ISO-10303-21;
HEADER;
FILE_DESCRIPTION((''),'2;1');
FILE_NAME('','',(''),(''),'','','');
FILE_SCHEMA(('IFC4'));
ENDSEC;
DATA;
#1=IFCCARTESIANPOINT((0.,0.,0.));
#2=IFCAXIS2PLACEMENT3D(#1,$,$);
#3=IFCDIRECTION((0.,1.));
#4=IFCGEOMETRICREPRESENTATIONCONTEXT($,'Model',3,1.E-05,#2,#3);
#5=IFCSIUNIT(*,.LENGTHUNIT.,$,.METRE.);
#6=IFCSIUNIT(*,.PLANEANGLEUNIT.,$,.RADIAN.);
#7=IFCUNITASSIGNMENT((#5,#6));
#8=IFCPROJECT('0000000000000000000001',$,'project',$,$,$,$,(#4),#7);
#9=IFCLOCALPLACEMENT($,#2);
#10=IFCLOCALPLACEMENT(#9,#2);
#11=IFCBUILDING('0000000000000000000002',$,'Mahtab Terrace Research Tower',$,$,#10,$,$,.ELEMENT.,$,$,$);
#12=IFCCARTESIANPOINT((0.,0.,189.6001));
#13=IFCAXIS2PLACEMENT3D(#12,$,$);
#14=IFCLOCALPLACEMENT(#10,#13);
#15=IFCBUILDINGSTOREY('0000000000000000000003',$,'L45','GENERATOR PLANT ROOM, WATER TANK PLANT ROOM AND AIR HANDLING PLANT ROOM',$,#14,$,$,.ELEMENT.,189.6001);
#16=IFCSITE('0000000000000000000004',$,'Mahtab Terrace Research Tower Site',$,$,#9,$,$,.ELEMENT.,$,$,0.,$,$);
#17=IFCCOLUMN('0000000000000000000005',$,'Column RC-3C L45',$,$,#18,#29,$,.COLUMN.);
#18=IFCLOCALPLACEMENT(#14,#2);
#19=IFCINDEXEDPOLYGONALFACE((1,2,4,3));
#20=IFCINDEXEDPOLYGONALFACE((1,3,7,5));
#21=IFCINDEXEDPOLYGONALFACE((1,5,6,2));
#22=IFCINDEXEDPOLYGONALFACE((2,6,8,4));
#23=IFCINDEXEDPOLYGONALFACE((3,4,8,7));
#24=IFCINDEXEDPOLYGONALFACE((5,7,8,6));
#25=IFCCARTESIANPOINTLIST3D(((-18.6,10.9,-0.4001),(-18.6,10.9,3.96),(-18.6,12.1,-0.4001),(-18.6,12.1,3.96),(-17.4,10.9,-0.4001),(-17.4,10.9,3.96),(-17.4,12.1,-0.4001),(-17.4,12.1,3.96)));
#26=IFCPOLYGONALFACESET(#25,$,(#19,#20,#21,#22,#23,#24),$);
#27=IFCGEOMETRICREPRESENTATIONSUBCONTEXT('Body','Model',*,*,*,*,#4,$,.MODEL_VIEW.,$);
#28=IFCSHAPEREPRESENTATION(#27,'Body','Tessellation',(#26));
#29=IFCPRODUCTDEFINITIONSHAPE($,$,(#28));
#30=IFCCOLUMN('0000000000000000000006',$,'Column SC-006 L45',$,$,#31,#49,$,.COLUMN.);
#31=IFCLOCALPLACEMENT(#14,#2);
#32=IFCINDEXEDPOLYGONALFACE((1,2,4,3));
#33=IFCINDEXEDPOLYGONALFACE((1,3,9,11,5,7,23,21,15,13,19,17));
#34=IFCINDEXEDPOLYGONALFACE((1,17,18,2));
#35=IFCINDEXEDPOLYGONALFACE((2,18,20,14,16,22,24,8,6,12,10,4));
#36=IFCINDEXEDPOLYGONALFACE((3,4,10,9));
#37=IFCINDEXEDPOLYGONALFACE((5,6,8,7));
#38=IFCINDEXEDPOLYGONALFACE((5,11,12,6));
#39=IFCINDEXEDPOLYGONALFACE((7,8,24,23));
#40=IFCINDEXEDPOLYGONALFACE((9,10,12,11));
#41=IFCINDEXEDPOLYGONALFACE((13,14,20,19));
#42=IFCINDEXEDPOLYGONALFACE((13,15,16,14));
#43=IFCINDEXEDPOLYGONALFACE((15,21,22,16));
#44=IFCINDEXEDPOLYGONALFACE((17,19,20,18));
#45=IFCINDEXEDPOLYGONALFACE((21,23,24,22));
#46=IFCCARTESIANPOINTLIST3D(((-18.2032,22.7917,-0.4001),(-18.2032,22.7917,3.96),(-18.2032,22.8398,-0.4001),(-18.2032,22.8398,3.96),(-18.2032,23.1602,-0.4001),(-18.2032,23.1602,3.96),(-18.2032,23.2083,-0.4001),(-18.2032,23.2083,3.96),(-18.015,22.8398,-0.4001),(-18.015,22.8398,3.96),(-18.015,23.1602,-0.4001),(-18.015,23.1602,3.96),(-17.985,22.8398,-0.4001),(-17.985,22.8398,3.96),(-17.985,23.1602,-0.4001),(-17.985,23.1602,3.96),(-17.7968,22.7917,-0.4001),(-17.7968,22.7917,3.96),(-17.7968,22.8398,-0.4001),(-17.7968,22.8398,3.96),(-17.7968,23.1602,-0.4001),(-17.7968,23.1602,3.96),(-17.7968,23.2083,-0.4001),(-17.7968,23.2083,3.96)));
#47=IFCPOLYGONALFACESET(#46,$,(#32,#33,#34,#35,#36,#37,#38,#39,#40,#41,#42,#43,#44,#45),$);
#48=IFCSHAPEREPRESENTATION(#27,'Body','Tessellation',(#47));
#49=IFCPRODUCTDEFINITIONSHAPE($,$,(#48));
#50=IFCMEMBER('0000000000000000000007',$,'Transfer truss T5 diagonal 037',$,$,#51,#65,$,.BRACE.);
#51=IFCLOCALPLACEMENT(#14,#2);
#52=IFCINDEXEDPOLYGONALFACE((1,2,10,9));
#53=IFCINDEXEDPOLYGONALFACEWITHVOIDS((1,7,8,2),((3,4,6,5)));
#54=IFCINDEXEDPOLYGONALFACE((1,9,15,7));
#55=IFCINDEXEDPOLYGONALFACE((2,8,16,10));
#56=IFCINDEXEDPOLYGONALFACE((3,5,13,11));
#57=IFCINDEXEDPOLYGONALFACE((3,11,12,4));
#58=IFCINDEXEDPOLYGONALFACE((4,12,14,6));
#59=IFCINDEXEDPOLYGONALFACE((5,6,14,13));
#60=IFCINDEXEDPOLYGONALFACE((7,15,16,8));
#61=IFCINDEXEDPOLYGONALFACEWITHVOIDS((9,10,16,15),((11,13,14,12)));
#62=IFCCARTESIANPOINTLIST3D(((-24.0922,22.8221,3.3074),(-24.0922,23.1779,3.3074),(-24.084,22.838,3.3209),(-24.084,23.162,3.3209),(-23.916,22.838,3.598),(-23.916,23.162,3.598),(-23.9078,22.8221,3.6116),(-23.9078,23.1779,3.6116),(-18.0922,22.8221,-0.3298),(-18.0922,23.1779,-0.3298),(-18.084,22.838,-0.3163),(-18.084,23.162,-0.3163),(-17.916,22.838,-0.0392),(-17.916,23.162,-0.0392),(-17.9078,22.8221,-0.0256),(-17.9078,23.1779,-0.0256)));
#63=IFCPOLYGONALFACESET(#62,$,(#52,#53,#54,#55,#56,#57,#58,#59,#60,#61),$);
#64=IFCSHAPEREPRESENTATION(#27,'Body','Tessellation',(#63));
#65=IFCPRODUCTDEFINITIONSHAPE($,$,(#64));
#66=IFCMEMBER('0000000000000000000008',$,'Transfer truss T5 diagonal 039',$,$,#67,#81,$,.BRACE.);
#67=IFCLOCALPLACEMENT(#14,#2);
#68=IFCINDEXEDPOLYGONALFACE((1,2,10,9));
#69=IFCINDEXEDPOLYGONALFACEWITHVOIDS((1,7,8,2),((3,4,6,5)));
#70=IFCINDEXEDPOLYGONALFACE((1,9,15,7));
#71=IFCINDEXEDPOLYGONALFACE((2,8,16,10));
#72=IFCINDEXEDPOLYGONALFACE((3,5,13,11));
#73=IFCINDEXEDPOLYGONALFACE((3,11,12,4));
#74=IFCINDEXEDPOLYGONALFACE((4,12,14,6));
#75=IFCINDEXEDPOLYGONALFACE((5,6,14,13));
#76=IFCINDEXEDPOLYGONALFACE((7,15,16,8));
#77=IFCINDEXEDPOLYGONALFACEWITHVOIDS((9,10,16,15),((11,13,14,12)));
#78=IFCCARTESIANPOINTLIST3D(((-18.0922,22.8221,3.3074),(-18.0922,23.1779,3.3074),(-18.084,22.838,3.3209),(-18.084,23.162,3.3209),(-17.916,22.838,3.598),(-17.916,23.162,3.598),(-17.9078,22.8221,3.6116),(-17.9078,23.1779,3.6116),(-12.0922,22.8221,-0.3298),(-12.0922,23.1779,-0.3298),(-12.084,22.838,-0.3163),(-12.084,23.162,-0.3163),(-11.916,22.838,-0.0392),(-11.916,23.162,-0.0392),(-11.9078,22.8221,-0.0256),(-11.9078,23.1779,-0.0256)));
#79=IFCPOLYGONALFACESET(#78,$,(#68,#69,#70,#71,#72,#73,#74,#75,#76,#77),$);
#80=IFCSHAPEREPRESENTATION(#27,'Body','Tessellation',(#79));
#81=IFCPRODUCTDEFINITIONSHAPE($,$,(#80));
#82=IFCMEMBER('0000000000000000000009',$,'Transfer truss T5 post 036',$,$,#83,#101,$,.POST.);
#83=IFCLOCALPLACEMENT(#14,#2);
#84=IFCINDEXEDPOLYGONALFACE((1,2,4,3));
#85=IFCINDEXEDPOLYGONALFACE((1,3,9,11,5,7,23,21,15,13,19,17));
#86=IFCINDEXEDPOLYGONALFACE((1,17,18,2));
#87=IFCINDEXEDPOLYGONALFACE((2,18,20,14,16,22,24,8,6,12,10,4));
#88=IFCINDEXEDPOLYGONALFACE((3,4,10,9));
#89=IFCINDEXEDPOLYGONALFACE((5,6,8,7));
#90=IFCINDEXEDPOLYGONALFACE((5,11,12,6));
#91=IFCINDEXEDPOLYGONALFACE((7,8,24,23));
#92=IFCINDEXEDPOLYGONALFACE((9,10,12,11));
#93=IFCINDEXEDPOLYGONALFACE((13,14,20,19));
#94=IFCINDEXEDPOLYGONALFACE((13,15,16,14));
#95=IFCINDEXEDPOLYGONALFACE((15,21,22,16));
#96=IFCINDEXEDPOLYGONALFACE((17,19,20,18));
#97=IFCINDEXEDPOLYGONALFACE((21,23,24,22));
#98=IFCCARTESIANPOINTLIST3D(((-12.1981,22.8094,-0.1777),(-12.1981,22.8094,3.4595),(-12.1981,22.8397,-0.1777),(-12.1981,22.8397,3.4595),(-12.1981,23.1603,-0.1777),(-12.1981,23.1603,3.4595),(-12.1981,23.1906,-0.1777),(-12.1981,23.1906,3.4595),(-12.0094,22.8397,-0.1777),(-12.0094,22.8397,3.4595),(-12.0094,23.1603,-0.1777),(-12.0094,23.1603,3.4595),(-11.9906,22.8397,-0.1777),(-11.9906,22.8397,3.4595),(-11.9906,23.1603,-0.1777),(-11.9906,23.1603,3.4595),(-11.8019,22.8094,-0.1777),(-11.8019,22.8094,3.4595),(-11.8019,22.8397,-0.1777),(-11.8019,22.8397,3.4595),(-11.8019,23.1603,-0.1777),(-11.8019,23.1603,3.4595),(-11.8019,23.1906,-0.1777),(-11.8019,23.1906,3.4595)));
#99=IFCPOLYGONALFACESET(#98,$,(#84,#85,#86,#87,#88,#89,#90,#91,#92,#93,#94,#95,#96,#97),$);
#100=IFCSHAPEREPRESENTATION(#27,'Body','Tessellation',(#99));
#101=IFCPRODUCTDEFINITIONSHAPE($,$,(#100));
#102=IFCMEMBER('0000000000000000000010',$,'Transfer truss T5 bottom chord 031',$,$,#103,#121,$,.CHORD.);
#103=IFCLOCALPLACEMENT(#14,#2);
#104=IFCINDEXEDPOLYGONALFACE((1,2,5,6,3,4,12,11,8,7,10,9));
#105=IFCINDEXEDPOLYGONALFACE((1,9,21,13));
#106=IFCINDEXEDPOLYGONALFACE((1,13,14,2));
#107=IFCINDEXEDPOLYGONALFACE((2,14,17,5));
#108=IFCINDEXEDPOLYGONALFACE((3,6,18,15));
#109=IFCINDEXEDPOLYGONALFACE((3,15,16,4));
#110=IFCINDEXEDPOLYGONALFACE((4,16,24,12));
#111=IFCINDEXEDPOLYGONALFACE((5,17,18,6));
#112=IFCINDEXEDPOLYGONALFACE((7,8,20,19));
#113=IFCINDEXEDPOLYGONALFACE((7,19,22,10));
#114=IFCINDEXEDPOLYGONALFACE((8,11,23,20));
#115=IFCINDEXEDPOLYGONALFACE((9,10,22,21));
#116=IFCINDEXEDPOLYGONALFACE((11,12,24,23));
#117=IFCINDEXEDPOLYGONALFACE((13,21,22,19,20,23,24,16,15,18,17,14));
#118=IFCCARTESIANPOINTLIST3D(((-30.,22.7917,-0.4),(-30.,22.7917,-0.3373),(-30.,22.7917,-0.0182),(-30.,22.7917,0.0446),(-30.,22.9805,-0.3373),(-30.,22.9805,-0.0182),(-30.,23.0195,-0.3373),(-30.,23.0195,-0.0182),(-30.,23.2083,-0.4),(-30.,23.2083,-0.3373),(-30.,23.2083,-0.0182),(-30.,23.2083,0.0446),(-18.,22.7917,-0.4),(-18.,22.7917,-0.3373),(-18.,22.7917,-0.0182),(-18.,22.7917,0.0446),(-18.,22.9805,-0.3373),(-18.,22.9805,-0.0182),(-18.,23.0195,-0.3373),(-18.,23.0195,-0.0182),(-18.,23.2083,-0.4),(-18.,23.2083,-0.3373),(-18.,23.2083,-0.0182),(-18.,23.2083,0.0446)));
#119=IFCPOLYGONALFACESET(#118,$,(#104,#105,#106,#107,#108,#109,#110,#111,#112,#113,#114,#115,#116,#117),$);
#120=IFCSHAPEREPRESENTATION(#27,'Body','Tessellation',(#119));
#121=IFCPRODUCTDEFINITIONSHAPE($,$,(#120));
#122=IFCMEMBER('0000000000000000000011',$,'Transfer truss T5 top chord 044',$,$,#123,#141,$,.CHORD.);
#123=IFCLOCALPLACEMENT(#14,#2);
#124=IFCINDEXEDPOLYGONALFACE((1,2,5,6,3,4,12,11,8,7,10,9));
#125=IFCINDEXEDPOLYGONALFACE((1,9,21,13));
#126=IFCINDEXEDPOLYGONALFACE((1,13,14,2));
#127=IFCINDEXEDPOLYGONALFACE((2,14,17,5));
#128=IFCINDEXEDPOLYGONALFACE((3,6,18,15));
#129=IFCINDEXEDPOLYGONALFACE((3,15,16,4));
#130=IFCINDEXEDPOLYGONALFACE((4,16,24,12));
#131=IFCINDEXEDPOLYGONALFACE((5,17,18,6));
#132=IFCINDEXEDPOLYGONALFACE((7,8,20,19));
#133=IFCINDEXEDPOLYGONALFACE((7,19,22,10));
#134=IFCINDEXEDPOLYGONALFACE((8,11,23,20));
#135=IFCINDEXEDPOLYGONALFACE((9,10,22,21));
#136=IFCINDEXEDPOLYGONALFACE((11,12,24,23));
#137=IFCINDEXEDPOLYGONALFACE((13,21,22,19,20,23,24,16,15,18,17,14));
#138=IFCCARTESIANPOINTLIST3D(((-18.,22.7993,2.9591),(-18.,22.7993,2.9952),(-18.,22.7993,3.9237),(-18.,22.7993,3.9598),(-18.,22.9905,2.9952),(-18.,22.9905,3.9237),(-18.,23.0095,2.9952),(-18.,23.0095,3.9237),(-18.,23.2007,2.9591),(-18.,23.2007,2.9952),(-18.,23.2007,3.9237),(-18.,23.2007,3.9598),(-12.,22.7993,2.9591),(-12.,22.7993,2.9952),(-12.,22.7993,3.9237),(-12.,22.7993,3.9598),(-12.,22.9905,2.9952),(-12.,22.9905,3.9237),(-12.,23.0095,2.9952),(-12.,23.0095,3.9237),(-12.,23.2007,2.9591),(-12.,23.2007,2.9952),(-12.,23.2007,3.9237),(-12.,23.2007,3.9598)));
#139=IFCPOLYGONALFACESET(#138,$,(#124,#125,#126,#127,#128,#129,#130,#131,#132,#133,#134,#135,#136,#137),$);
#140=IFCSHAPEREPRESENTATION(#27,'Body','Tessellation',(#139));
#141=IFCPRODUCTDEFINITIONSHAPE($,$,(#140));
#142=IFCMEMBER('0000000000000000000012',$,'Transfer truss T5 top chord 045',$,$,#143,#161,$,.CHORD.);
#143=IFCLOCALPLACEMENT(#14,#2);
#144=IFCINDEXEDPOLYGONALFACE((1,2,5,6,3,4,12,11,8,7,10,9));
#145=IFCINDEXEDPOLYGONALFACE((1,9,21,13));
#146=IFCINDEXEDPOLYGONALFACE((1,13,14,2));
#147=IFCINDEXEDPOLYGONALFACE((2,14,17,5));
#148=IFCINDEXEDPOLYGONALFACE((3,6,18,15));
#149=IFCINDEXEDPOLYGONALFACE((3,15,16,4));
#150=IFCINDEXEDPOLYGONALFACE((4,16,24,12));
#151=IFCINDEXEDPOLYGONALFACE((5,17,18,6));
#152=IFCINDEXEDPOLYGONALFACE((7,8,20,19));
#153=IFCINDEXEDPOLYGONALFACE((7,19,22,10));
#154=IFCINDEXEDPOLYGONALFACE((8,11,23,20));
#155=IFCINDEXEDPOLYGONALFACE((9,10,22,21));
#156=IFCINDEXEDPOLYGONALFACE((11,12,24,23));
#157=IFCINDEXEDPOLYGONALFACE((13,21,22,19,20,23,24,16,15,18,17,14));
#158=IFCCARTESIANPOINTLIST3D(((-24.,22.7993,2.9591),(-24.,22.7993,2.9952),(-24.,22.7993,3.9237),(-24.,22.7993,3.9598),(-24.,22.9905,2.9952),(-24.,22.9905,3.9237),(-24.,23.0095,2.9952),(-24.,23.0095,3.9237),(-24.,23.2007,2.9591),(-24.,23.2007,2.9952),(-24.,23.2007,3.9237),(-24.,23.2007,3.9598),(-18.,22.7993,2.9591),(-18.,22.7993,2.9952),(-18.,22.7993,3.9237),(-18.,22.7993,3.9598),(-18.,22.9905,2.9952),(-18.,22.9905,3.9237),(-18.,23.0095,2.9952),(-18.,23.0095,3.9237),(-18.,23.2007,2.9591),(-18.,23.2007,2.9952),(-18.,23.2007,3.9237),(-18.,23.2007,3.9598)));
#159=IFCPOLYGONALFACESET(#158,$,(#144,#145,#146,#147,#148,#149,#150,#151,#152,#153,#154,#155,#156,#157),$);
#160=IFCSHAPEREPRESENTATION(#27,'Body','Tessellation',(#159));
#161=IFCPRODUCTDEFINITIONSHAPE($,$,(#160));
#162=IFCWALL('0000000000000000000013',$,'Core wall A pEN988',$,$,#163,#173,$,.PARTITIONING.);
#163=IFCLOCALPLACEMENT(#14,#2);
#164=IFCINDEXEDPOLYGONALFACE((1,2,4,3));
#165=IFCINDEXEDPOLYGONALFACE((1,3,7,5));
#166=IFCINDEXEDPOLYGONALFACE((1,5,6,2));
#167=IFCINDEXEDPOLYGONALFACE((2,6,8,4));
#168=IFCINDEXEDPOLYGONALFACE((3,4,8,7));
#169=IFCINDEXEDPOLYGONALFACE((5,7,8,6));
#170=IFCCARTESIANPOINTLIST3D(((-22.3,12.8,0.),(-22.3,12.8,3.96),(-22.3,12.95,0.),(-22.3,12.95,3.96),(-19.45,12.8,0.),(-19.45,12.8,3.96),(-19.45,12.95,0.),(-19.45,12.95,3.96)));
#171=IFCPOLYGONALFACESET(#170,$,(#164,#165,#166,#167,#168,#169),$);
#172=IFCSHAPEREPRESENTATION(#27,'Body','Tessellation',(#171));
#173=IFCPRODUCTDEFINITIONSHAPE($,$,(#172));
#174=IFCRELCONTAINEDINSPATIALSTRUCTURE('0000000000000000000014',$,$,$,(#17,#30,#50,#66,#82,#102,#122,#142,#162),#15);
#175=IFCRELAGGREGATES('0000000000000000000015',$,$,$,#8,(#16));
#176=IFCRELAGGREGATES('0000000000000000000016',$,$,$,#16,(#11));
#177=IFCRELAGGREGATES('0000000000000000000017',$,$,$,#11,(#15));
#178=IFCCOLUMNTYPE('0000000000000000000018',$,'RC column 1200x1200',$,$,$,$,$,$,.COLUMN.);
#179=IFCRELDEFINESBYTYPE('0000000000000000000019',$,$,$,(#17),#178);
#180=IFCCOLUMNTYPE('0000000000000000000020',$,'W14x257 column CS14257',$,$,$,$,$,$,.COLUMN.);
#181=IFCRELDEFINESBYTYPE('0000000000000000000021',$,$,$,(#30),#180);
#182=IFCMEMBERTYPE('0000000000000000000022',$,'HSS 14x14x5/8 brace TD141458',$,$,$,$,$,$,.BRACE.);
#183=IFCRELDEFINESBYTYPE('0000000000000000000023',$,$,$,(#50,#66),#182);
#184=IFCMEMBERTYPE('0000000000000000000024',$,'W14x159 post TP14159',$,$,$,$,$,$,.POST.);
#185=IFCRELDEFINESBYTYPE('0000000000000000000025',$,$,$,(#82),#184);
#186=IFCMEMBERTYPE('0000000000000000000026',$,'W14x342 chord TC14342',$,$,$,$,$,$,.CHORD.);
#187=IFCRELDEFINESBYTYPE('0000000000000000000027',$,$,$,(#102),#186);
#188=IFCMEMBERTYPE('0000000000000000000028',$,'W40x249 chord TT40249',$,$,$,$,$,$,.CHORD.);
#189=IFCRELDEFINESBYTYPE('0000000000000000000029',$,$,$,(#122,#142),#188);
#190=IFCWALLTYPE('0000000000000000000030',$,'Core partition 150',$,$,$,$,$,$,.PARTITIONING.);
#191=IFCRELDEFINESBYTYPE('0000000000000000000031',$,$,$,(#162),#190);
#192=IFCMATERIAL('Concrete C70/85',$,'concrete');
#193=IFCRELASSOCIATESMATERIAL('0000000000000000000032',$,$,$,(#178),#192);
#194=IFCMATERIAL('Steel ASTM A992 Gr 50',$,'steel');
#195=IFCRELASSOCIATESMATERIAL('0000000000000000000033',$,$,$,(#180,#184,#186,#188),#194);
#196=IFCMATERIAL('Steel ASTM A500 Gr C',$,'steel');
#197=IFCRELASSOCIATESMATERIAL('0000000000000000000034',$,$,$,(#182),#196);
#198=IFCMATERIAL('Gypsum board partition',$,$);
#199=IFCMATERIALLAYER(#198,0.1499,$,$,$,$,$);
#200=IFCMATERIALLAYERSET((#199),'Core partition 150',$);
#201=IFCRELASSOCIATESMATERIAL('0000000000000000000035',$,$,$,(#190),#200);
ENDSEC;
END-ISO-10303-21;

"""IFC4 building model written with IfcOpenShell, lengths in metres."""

from ifc_helpers import new_model, si_unit, direction, frame, frame_2d, origin, origin_2d, place, context, subcontext, project, spatial, rectangle, hollow_rectangle, i_section, extrude, material, layer, layer_set, material_profile, profile_set, type_object, element, save


model = new_model("IFC4")

# Units and contexts
model_context = context("Model", 3, precision=1e-05, world=origin(), true_north=direction((0.0, 1.0)))
body_context = subcontext(model_context, "Body", "Model", "MODEL_VIEW")
ifc_project = project(units=[si_unit("LENGTHUNIT", "METRE"), si_unit("PLANEANGLEUNIT", "RADIAN")], contexts=[model_context])

# Site, building, storey
site_placement = place(None, origin())
site = spatial("IfcSite", under=ifc_project, at=site_placement, Name="Mahtab Terrace Research Tower Site", CompositionType="ELEMENT", RefElevation=0.0)
building_placement = place(site_placement, origin())
building = spatial("IfcBuilding", under=site, at=building_placement, Name="Mahtab Terrace Research Tower", CompositionType="ELEMENT")
storey_placement = place(building_placement, frame((0.0, 0.0, 189.6001)))
storey = spatial("IfcBuildingStorey", under=building, at=storey_placement, Name="L45", Description="GENERATOR PLANT ROOM, WATER TANK PLANT ROOM AND AIR HANDLING PLANT ROOM", CompositionType="ELEMENT", Elevation=189.6001)

# Columns
ifc_material_1 = material(Name="Concrete C70/85", Category="concrete")
ifc_material_profile_1 = material_profile(ifc_material_1, rectangle(XDim=1.2, YDim=1.2, at=origin_2d()), Name="RC column 1200x1200")
ifc_profile_set_1 = profile_set([ifc_material_profile_1], Name="Concrete C70/85")
column_type_1 = type_object("IfcColumnType", Name="RC column 1200x1200", PredefinedType="COLUMN", material=ifc_profile_set_1)
column_1_placement = place(storey_placement, frame((-18.0, 11.5, -0.4001), z_axis=(0.0, 0.0, 1.0), x_axis=(1.0, 0.0, 0.0)))
element("IfcColumn", 1, at=column_1_placement, inside=storey, type_object=column_type_1, Name="Column RC-3C L45", PredefinedType="COLUMN", context=body_context, shape_type="SweptSolid", body=[
    extrude(rectangle(XDim=1.2, YDim=1.2, at=origin_2d()), origin(), (0.0, 0.0, 1.0), 4.3601),
])
ifc_material_2 = material(Name="Steel ASTM A992 Gr 50", Category="steel")
ifc_material_profile_2 = material_profile(ifc_material_2, i_section(OverallWidth=0.4065, OverallDepth=0.4165, WebThickness=0.03, FlangeThickness=0.0481, at=origin_2d()), Name="W14X257")
ifc_profile_set_2 = profile_set([ifc_material_profile_2], Name="Steel ASTM A992 Gr 50")
column_type_2 = type_object("IfcColumnType", Name="W14x257 column CS14257", PredefinedType="COLUMN", material=ifc_profile_set_2)
column_2_placement = place(storey_placement, frame((-18.0, 23.0, -0.4001), z_axis=(0.0, 0.0, 1.0), x_axis=(1.0, 0.0, 0.0)))
element("IfcColumn", 2, at=column_2_placement, inside=storey, type_object=column_type_2, Name="Column SC-006 L45", PredefinedType="COLUMN", context=body_context, shape_type="SweptSolid", body=[
    extrude(i_section(OverallWidth=0.4065, OverallDepth=0.4165, WebThickness=0.03, FlangeThickness=0.0481, at=origin_2d()), origin(), (0.0, 0.0, 1.0), 4.3601),
])

# Members
ifc_material_3 = material(Name="Steel ASTM A500 Gr C", Category="steel")
ifc_material_profile_3 = material_profile(ifc_material_3, hollow_rectangle(XDim=0.3557, YDim=0.3557, WallThickness=0.0159, at=origin_2d()), Name="HSS14X14X5/8")
ifc_profile_set_3 = profile_set([ifc_material_profile_3], Name="Steel ASTM A500 Gr C")
member_type_1 = type_object("IfcMemberType", Name="HSS 14x14x5/8 brace TD141458", PredefinedType="BRACE", material=ifc_profile_set_3)
for number, where, z_axis, x_axis, name in (
    (3, (-18.0, 23.0, -0.1777), (-0.855145, 0.0, 0.51839), (0.0, -1.0, 0.0), "Transfer truss T5 diagonal 037"),
    (4, (-12.0, 23.0, -0.1777), (-0.855145, 0.0, 0.51839), (0.0, -1.0, 0.0), "Transfer truss T5 diagonal 039"),
):
    element("IfcMember", number, at=place(storey_placement, frame(where, z_axis=z_axis, x_axis=x_axis)), inside=storey, type_object=member_type_1, Name=name, PredefinedType="BRACE", context=body_context, shape_type="SweptSolid", body=[
        extrude(hollow_rectangle(XDim=0.3557, YDim=0.3557, WallThickness=0.0159, at=origin_2d()), origin(), (0.0, 0.0, 1.0), 7.0164),
    ])
ifc_material_profile_4 = material_profile(ifc_material_2, i_section(OverallWidth=0.3962, OverallDepth=0.3811, WebThickness=0.0188, FlangeThickness=0.0303, at=origin_2d()), Name="W14X159")
ifc_profile_set_4 = profile_set([ifc_material_profile_4], Name="Steel ASTM A992 Gr 50")
member_type_2 = type_object("IfcMemberType", Name="W14x159 post TP14159", PredefinedType="POST", material=ifc_profile_set_4)
member_1_placement = place(storey_placement, frame((-12.0, 23.0, -0.1777), z_axis=(0.0, 0.0, 1.0), x_axis=(1.0, 0.0, 0.0)))
element("IfcMember", 5, at=member_1_placement, inside=storey, type_object=member_type_2, Name="Transfer truss T5 post 036", PredefinedType="POST", context=body_context, shape_type="SweptSolid", body=[
    extrude(i_section(OverallWidth=0.3962, OverallDepth=0.3811, WebThickness=0.0188, FlangeThickness=0.0303, at=origin_2d()), origin(), (0.0, 0.0, 1.0), 3.6372),
])
ifc_material_profile_5 = material_profile(ifc_material_2, i_section(OverallWidth=0.4165, OverallDepth=0.4446, WebThickness=0.0391, FlangeThickness=0.0627, at=origin_2d()), Name="W14X342")
ifc_profile_set_5 = profile_set([ifc_material_profile_5], Name="Steel ASTM A992 Gr 50")
member_type_3 = type_object("IfcMemberType", Name="W14x342 chord TC14342", PredefinedType="CHORD", material=ifc_profile_set_5)
member_2_placement = place(storey_placement, frame((-18.0, 23.0, -0.1777), z_axis=(-1.0, 0.0, 0.0), x_axis=(0.0, -1.0, 0.0)))
element("IfcMember", 6, at=member_2_placement, inside=storey, type_object=member_type_3, Name="Transfer truss T5 bottom chord 031", PredefinedType="CHORD", context=body_context, shape_type="SweptSolid", body=[
    extrude(i_section(OverallWidth=0.4165, OverallDepth=0.4446, WebThickness=0.0391, FlangeThickness=0.0627, at=origin_2d()), origin(), (0.0, 0.0, 1.0), 12.0),
])
ifc_material_profile_6 = material_profile(ifc_material_2, i_section(OverallWidth=0.4014, OverallDepth=1.0007, WebThickness=0.019, FlangeThickness=0.0361, at=origin_2d()), Name="W40X249")
ifc_profile_set_6 = profile_set([ifc_material_profile_6], Name="Steel ASTM A992 Gr 50")
member_type_4 = type_object("IfcMemberType", Name="W40x249 chord TT40249", PredefinedType="CHORD", material=ifc_profile_set_6)
for number, where, z_axis, x_axis, name in (
    (7, (-12.0, 23.0, 3.4595), (-1.0, 0.0, 0.0), (0.0, -1.0, 0.0), "Transfer truss T5 top chord 044"),
    (8, (-18.0, 23.0, 3.4595), (-1.0, 0.0, 0.0), (0.0, -1.0, 0.0), "Transfer truss T5 top chord 045"),
):
    element("IfcMember", number, at=place(storey_placement, frame(where, z_axis=z_axis, x_axis=x_axis)), inside=storey, type_object=member_type_4, Name=name, PredefinedType="CHORD", context=body_context, shape_type="SweptSolid", body=[
        extrude(i_section(OverallWidth=0.4014, OverallDepth=1.0007, WebThickness=0.019, FlangeThickness=0.0361, at=origin_2d()), origin(), (0.0, 0.0, 1.0), 6.0),
    ])

# Wall
ifc_material_4 = material(Name="Gypsum board partition")
ifc_layer_1 = layer(ifc_material_4, 0.1499)
ifc_layer_set_1 = layer_set([ifc_layer_1], Name="Core partition 150")
wall_type_1 = type_object("IfcWallType", Name="Core partition 150", PredefinedType="PARTITIONING", material=ifc_layer_set_1)
wall_1_placement = place(storey_placement, frame((-22.3, 12.875, 0.0), z_axis=(0.0, 0.0, 1.0), x_axis=(1.0, 0.0, 0.0)))
element("IfcWall", 9, at=wall_1_placement, inside=storey, type_object=wall_type_1, Name="Core wall A pEN988", PredefinedType="PARTITIONING", context=body_context, shape_type="SweptSolid", body=[
    extrude(rectangle(XDim=2.8501, YDim=0.1499, at=frame_2d((1.425, 0.0))), origin(), (0.0, 0.0, 1.0), 3.96),
])

save(model, "model.ifc")
